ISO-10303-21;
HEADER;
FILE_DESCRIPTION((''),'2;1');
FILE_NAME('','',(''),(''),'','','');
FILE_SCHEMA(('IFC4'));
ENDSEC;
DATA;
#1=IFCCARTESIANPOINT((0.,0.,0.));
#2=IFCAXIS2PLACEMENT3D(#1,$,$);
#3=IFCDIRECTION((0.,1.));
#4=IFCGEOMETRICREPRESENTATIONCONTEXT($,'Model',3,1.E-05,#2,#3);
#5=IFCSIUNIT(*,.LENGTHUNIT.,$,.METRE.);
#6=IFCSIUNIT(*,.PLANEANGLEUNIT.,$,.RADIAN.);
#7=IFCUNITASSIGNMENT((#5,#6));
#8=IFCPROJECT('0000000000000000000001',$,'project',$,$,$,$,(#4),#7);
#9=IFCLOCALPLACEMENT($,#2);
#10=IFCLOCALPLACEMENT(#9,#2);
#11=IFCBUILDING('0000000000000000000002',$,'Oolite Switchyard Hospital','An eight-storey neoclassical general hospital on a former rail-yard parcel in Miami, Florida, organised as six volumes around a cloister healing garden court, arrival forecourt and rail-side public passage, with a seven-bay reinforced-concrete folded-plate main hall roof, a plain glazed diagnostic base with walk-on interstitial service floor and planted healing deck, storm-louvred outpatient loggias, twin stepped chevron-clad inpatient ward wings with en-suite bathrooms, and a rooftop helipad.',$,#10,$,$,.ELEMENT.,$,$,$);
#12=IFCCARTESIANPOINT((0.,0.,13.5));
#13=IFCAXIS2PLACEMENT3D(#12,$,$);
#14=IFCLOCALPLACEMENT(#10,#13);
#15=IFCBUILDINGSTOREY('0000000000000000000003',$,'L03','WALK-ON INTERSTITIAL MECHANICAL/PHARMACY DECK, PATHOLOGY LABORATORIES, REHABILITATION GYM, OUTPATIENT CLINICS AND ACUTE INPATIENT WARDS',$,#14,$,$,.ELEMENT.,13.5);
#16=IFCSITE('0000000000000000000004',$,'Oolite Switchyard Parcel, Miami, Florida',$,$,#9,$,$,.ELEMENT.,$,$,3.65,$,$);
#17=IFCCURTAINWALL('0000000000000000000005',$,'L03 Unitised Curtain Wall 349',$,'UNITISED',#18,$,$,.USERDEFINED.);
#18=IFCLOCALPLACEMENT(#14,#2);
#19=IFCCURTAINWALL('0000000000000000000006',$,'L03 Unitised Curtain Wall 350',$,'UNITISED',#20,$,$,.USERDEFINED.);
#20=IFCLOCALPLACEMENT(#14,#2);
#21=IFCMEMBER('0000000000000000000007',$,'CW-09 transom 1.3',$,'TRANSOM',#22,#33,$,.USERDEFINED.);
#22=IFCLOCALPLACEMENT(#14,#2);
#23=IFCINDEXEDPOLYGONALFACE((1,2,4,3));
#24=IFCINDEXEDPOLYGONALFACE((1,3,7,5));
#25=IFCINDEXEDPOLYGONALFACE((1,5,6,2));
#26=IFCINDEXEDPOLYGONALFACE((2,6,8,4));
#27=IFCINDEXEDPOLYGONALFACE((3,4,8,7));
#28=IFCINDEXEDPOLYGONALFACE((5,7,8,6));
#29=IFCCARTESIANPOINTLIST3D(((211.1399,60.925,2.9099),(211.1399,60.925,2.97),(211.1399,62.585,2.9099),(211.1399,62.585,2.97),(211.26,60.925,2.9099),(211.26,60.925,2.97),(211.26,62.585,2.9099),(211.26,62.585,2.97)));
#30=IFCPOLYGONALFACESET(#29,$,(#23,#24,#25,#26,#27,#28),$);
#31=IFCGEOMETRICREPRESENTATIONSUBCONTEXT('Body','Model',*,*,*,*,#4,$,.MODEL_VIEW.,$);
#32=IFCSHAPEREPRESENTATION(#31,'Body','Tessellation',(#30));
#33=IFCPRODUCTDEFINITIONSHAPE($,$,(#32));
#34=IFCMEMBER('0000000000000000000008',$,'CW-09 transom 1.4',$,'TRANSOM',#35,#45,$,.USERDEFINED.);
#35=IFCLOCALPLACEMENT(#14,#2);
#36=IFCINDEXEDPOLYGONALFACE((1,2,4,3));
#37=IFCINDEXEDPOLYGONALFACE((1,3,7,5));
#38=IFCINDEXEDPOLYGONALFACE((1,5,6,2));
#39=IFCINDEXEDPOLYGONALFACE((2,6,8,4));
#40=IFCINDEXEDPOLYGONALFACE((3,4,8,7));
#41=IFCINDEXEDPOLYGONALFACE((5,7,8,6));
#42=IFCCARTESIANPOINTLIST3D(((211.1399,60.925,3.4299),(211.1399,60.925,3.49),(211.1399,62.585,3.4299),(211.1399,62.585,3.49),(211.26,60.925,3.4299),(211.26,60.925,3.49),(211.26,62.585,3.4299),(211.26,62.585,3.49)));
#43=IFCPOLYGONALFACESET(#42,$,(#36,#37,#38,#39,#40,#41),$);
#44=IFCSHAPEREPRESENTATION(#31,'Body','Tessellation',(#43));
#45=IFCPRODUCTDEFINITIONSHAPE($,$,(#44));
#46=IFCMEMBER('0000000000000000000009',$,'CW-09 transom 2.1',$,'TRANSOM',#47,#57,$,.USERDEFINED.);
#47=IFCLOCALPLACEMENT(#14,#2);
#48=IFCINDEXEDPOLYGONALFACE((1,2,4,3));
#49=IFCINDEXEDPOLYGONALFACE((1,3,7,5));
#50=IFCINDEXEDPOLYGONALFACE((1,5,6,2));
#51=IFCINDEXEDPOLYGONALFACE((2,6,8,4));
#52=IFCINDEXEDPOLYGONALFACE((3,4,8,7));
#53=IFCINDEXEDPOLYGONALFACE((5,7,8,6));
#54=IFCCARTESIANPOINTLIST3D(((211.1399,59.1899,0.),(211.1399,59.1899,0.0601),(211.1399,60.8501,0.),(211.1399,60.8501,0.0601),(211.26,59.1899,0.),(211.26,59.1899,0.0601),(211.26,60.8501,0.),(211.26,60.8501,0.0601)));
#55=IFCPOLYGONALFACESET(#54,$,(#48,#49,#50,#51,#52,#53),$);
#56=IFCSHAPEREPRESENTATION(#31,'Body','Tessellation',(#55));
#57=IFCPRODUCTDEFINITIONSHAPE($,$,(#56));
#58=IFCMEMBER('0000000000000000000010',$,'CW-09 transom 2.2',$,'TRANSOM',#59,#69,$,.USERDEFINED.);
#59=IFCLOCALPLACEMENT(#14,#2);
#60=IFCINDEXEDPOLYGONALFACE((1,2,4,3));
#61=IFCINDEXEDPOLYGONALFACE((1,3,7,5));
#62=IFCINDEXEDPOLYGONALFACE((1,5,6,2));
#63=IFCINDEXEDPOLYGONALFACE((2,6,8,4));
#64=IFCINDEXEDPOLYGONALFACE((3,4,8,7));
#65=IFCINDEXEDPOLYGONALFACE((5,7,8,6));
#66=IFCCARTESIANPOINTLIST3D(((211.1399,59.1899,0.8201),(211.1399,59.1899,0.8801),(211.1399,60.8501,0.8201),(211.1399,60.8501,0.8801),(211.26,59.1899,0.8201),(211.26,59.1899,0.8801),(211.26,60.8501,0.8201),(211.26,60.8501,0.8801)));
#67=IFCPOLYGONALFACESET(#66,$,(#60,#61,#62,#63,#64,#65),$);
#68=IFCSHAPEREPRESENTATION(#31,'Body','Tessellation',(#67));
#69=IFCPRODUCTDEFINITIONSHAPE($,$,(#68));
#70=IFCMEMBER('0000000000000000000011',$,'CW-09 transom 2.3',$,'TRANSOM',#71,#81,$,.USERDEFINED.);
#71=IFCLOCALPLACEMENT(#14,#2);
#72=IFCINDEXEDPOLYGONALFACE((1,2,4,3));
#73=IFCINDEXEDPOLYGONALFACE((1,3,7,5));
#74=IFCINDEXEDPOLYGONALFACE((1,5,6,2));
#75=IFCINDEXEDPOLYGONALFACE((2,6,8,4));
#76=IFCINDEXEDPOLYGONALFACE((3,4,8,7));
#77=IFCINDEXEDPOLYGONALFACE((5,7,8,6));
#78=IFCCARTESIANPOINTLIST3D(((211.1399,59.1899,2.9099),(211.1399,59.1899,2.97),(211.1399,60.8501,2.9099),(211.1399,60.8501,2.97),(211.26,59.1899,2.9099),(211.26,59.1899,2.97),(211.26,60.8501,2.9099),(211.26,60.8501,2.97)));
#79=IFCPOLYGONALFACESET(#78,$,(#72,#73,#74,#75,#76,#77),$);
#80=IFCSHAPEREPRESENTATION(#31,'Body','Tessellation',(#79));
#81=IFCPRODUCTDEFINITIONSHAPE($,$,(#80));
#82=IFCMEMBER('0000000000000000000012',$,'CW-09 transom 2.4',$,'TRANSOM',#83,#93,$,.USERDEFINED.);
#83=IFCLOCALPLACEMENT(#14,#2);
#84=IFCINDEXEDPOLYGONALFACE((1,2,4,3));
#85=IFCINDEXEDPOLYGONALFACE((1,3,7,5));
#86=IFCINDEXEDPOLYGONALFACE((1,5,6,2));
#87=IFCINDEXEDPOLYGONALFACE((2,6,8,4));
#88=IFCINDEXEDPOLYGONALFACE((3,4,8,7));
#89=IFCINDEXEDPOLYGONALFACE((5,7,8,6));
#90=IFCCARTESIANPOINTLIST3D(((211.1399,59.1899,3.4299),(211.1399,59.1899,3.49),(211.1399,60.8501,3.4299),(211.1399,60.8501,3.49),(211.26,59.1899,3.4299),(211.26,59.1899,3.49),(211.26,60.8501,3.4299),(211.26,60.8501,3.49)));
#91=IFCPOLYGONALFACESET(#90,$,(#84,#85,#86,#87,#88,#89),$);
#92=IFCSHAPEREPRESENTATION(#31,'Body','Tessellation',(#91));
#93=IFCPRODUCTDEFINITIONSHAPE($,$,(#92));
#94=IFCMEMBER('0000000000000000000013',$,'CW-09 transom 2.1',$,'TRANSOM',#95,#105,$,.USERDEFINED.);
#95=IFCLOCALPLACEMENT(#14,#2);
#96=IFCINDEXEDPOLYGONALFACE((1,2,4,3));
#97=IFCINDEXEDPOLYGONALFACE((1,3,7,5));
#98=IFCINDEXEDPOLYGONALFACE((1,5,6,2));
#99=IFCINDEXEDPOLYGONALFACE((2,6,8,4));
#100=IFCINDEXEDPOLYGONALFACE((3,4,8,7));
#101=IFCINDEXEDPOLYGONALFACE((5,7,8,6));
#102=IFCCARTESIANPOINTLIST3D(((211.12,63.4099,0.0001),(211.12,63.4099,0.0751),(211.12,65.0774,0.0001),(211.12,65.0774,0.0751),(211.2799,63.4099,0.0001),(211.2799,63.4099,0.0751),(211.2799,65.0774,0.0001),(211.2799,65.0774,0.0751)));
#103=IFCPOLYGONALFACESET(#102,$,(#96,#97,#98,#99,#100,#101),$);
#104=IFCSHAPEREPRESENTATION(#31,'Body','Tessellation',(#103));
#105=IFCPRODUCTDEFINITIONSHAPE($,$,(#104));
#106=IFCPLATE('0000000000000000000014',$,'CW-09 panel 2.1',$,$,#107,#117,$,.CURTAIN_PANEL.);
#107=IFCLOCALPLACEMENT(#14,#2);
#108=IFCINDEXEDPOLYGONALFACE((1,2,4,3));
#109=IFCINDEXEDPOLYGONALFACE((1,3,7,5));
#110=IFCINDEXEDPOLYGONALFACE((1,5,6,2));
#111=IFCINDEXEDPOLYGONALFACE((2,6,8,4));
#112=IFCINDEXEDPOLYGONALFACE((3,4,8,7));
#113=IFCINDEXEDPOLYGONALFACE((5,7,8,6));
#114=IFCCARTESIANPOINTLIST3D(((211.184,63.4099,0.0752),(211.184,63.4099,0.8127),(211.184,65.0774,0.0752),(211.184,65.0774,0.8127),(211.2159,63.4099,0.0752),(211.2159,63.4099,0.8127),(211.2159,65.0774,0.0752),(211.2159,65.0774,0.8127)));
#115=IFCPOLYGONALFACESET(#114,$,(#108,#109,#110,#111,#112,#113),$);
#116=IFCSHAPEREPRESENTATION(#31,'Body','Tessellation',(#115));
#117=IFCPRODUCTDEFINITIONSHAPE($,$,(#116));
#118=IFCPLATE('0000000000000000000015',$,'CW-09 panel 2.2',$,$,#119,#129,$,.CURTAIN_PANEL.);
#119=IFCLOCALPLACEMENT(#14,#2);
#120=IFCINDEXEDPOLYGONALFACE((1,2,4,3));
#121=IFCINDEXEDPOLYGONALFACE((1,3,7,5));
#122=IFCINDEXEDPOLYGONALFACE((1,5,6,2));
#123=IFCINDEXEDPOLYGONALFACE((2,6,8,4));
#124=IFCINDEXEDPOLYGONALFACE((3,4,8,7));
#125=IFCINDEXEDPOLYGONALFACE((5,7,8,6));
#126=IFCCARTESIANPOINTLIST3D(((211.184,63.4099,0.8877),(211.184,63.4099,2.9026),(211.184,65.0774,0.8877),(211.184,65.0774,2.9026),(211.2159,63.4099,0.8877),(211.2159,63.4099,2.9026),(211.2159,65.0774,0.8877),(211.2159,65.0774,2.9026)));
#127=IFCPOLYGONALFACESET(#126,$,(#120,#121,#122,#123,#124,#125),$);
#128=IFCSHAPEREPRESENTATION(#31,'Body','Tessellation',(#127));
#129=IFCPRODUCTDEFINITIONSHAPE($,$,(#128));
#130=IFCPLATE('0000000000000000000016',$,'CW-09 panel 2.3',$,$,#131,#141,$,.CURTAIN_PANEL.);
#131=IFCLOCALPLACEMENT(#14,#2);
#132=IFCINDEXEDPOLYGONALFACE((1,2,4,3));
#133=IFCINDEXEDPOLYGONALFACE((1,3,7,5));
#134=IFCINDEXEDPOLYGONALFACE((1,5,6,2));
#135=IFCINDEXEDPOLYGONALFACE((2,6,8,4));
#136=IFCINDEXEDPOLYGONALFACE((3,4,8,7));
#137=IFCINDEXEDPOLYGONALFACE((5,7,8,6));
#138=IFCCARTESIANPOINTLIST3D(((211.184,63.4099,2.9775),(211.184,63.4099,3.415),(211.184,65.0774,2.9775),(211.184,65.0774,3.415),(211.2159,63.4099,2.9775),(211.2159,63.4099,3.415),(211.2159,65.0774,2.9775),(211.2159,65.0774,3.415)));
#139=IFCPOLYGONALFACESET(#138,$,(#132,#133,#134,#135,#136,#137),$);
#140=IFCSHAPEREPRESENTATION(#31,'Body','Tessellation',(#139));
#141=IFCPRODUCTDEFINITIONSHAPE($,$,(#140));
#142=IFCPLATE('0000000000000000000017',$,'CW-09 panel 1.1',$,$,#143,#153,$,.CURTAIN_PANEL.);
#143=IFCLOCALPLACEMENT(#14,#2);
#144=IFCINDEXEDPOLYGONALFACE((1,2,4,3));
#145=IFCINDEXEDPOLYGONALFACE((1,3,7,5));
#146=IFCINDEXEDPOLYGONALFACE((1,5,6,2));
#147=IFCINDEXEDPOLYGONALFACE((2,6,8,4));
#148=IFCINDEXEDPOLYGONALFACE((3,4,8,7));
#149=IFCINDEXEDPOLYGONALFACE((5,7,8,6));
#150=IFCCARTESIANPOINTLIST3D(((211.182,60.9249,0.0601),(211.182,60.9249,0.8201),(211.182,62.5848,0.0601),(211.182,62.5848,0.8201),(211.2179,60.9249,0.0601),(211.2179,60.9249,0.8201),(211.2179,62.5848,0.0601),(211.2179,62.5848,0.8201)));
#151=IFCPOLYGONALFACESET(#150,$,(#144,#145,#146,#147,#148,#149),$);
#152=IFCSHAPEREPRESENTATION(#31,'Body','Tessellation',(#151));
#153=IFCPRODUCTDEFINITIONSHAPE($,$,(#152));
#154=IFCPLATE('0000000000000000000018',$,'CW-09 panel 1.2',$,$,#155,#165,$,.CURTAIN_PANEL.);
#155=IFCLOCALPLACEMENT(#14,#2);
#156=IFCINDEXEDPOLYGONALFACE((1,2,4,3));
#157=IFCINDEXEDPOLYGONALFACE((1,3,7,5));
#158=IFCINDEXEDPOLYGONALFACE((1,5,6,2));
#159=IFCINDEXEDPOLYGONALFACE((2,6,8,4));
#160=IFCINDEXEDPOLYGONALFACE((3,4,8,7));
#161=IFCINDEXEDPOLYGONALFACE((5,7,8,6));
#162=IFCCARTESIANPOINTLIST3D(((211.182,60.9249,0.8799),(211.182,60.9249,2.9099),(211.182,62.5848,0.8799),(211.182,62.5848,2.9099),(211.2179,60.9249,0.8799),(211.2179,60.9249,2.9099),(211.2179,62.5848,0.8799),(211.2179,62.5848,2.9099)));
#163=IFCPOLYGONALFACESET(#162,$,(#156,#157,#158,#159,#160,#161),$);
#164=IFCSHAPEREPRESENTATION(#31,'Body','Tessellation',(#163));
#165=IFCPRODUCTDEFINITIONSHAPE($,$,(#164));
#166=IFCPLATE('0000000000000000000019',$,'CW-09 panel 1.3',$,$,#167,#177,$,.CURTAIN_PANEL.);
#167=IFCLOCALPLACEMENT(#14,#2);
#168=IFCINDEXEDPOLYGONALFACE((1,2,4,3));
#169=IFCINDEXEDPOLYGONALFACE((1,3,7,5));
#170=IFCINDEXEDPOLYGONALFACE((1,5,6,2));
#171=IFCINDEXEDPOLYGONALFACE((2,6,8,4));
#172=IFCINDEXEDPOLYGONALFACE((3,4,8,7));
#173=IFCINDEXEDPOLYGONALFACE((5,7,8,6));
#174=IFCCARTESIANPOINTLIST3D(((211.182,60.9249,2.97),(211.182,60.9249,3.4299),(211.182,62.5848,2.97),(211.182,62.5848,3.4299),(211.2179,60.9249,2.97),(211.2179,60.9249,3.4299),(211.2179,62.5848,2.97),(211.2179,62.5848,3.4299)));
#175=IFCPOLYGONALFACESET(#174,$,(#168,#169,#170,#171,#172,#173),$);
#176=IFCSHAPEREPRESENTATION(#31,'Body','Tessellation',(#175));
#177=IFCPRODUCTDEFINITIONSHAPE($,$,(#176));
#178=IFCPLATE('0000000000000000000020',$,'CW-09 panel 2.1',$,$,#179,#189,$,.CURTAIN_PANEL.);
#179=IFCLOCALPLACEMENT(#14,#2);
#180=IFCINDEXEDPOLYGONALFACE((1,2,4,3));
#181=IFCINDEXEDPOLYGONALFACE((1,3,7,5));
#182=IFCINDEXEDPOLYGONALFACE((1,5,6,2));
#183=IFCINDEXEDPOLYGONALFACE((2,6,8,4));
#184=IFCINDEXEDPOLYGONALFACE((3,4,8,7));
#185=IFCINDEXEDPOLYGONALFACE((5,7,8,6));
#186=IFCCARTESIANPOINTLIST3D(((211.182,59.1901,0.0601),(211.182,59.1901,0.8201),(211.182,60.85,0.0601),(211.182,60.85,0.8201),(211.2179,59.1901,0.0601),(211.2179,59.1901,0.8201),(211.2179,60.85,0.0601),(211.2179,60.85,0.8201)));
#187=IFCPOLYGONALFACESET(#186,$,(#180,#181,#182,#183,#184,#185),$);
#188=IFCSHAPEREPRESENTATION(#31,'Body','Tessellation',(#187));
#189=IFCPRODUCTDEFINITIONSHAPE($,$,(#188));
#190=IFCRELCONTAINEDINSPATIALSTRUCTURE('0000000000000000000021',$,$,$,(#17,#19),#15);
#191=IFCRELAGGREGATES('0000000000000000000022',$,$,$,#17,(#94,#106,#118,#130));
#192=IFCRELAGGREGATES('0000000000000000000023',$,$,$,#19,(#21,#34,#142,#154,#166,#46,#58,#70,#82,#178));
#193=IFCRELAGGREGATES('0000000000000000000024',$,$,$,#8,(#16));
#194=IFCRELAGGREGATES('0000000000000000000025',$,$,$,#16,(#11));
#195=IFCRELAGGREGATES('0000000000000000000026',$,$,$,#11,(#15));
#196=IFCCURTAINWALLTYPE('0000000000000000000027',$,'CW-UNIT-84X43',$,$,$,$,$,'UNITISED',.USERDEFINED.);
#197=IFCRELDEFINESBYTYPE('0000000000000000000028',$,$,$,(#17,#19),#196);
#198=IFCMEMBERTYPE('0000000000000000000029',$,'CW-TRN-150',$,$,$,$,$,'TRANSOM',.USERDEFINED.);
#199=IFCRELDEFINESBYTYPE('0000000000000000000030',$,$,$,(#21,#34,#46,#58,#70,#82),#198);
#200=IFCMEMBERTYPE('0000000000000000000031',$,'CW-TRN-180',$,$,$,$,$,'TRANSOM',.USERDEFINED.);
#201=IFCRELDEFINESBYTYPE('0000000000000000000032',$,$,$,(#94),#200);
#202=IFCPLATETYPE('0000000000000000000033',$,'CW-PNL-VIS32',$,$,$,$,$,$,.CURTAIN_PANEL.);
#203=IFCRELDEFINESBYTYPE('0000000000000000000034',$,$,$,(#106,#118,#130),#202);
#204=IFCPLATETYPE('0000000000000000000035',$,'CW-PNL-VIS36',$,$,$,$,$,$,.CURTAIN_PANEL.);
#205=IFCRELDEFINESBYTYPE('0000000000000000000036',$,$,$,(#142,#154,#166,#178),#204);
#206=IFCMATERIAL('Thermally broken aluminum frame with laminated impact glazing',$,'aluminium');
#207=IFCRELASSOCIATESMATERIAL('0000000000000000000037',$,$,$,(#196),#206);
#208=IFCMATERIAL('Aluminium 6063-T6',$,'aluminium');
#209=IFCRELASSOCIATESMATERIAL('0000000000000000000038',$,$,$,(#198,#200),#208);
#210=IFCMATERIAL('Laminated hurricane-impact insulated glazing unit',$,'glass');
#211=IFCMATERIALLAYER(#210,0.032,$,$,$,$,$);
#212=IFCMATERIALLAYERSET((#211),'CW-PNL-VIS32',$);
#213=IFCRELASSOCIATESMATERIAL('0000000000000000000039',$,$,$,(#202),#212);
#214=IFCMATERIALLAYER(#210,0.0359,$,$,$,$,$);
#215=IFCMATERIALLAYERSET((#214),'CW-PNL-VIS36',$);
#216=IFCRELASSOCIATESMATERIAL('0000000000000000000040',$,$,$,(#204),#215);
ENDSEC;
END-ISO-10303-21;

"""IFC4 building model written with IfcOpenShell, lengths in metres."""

from ifc_helpers import new_model, si_unit, direction, frame, origin, origin_2d, place, context, subcontext, project, spatial, rectangle, extrude, material, layer, layer_set, material_profile, profile_set, type_object, element, aggregate, save


model = new_model("IFC4")

# Units and contexts
model_context = context("Model", 3, precision=1e-05, world=origin(), true_north=direction((0.0, 1.0)))
body_context = subcontext(model_context, "Body", "Model", "MODEL_VIEW")
ifc_project = project(units=[si_unit("LENGTHUNIT", "METRE"), si_unit("PLANEANGLEUNIT", "RADIAN")], contexts=[model_context])

# Site, building, storey
site_placement = place(None, origin())
site = spatial("IfcSite", under=ifc_project, at=site_placement, Name="Oolite Switchyard Parcel, Miami, Florida", CompositionType="ELEMENT", RefElevation=3.65)
building_placement = place(site_placement, origin())
building = spatial("IfcBuilding", under=site, at=building_placement, Name="Oolite Switchyard Hospital", Description="An eight-storey neoclassical general hospital on a former rail-yard parcel in Miami, Florida, organised as six volumes around a cloister healing garden court, arrival forecourt and rail-side public passage, with a seven-bay reinforced-concrete folded-plate main hall roof, a plain glazed diagnostic base with walk-on interstitial service floor and planted healing deck, storm-louvred outpatient loggias, twin stepped chevron-clad inpatient ward wings with en-suite bathrooms, and a rooftop helipad.", CompositionType="ELEMENT")
storey_placement = place(building_placement, frame((0.0, 0.0, 13.5)))
storey = spatial("IfcBuildingStorey", under=building, at=storey_placement, Name="L03", Description="WALK-ON INTERSTITIAL MECHANICAL/PHARMACY DECK, PATHOLOGY LABORATORIES, REHABILITATION GYM, OUTPATIENT CLINICS AND ACUTE INPATIENT WARDS", CompositionType="ELEMENT", Elevation=13.5)

# Curtain wall
ifc_material_1 = material(Name="Thermally broken aluminum frame with laminated impact glazing", Category="aluminium")
curtain_wall_type = type_object("IfcCurtainWallType", Name="CW-UNIT-84X43", ElementType="UNITISED", PredefinedType="USERDEFINED", material=ifc_material_1)
curtain_wall_1_placement = place(storey_placement, origin())
curtain_wall_1 = element("IfcCurtainWall", 1, at=curtain_wall_1_placement, inside=storey, type_object=curtain_wall_type, Name="L03 Unitised Curtain Wall 349", ObjectType="UNITISED", PredefinedType="USERDEFINED")
ifc_material_2 = material(Name="Aluminium 6063-T6", Category="aluminium")

# Curtain wall, members
curtain_wall_2_placement = place(storey_placement, origin())
curtain_wall_2 = element("IfcCurtainWall", 2, at=curtain_wall_2_placement, inside=storey, type_object=curtain_wall_type, Name="L03 Unitised Curtain Wall 350", ObjectType="UNITISED", PredefinedType="USERDEFINED")
ifc_material_profile_1 = material_profile(ifc_material_2, rectangle(XDim=0.1201, YDim=0.0601, at=origin_2d()), Name="CWT60X120")
ifc_profile_set_1 = profile_set([ifc_material_profile_1], Name="Aluminium 6063-T6")
member_type_1 = type_object("IfcMemberType", Name="CW-TRN-150", ElementType="TRANSOM", PredefinedType="USERDEFINED", material=ifc_profile_set_1)
member_1_placement = place(storey_placement, frame((211.2, 62.585, 2.9399), z_axis=(0.0, -1.0, 0.0), x_axis=(1.0, 0.0, 0.0)))
member_1 = element("IfcMember", 3, at=member_1_placement, type_object=member_type_1, Name="CW-09 transom 1.3", ObjectType="TRANSOM", PredefinedType="USERDEFINED", context=body_context, shape_type="SweptSolid", body=[
    extrude(rectangle(XDim=0.1201, YDim=0.0601, at=origin_2d()), origin(), (0.0, 0.0, 1.0), 1.6599),
])
member_2_placement = place(storey_placement, frame((211.2, 62.585, 3.46), z_axis=(0.0, -1.0, 0.0), x_axis=(1.0, 0.0, 0.0)))
member_2 = element("IfcMember", 4, at=member_2_placement, type_object=member_type_1, Name="CW-09 transom 1.4", ObjectType="TRANSOM", PredefinedType="USERDEFINED", context=body_context, shape_type="SweptSolid", body=[
    extrude(rectangle(XDim=0.1201, YDim=0.0601, at=origin_2d()), origin(), (0.0, 0.0, 1.0), 1.6599),
])
member_3_placement = place(storey_placement, frame((211.2, 60.8501, 0.03), z_axis=(0.0, -1.0, 0.0), x_axis=(1.0, 0.0, 0.0)))
member_3 = element("IfcMember", 5, at=member_3_placement, type_object=member_type_1, Name="CW-09 transom 2.1", ObjectType="TRANSOM", PredefinedType="USERDEFINED", context=body_context, shape_type="SweptSolid", body=[
    extrude(rectangle(XDim=0.1201, YDim=0.0601, at=origin_2d()), origin(), (0.0, 0.0, 1.0), 1.6602),
])
member_4_placement = place(storey_placement, frame((211.2, 60.8501, 0.8501), z_axis=(0.0, -1.0, 0.0), x_axis=(1.0, 0.0, 0.0)))
member_4 = element("IfcMember", 6, at=member_4_placement, type_object=member_type_1, Name="CW-09 transom 2.2", ObjectType="TRANSOM", PredefinedType="USERDEFINED", context=body_context, shape_type="SweptSolid", body=[
    extrude(rectangle(XDim=0.1201, YDim=0.0601, at=origin_2d()), origin(), (0.0, 0.0, 1.0), 1.6602),
])
member_5_placement = place(storey_placement, frame((211.2, 60.8501, 2.9399), z_axis=(0.0, -1.0, 0.0), x_axis=(1.0, 0.0, 0.0)))
member_5 = element("IfcMember", 7, at=member_5_placement, type_object=member_type_1, Name="CW-09 transom 2.3", ObjectType="TRANSOM", PredefinedType="USERDEFINED", context=body_context, shape_type="SweptSolid", body=[
    extrude(rectangle(XDim=0.1201, YDim=0.0601, at=origin_2d()), origin(), (0.0, 0.0, 1.0), 1.6602),
])
member_6_placement = place(storey_placement, frame((211.2, 60.8501, 3.46), z_axis=(0.0, -1.0, 0.0), x_axis=(1.0, 0.0, 0.0)))
member_6 = element("IfcMember", 8, at=member_6_placement, type_object=member_type_1, Name="CW-09 transom 2.4", ObjectType="TRANSOM", PredefinedType="USERDEFINED", context=body_context, shape_type="SweptSolid", body=[
    extrude(rectangle(XDim=0.1201, YDim=0.0601, at=origin_2d()), origin(), (0.0, 0.0, 1.0), 1.6602),
])

# Member
ifc_material_profile_2 = material_profile(ifc_material_2, rectangle(XDim=0.1599, YDim=0.075, at=origin_2d()), Name="CWT75X160")
ifc_profile_set_2 = profile_set([ifc_material_profile_2], Name="Aluminium 6063-T6")
member_type_2 = type_object("IfcMemberType", Name="CW-TRN-180", ElementType="TRANSOM", PredefinedType="USERDEFINED", material=ifc_profile_set_2)
member_7_placement = place(storey_placement, frame((211.2, 65.0774, 0.0376), z_axis=(0.0, -1.0, 0.0), x_axis=(1.0, 0.0, 0.0)))
member_7 = element("IfcMember", 9, at=member_7_placement, type_object=member_type_2, Name="CW-09 transom 2.1", ObjectType="TRANSOM", PredefinedType="USERDEFINED", context=body_context, shape_type="SweptSolid", body=[
    extrude(rectangle(XDim=0.1599, YDim=0.075, at=origin_2d()), origin(), (0.0, 0.0, 1.0), 1.6675),
])

# Plates
ifc_material_3 = material(Name="Laminated hurricane-impact insulated glazing unit", Category="glass")
ifc_layer_1 = layer(ifc_material_3, 0.032)
ifc_layer_set_1 = layer_set([ifc_layer_1], Name="CW-PNL-VIS32")
plate_type_1 = type_object("IfcPlateType", Name="CW-PNL-VIS32", PredefinedType="CURTAIN_PANEL", material=ifc_layer_set_1)
plate_1_placement = place(storey_placement, frame((211.2, 64.2437, 0.0752), z_axis=(0.0, 0.0, 1.0), x_axis=(0.0, -1.0, 0.0)))
plate_1 = element("IfcPlate", 10, at=plate_1_placement, type_object=plate_type_1, Name="CW-09 panel 2.1", PredefinedType="CURTAIN_PANEL", context=body_context, shape_type="SweptSolid", body=[
    extrude(rectangle(XDim=1.6675, YDim=0.032, at=origin_2d()), origin(), (0.0, 0.0, 1.0), 0.7375),
])
plate_2_placement = place(storey_placement, frame((211.2, 64.2437, 0.8877), z_axis=(0.0, 0.0, 1.0), x_axis=(0.0, -1.0, 0.0)))
plate_2 = element("IfcPlate", 11, at=plate_2_placement, type_object=plate_type_1, Name="CW-09 panel 2.2", PredefinedType="CURTAIN_PANEL", context=body_context, shape_type="SweptSolid", body=[
    extrude(rectangle(XDim=1.6675, YDim=0.032, at=origin_2d()), origin(), (0.0, 0.0, 1.0), 2.0149),
])
plate_3_placement = place(storey_placement, frame((211.2, 64.2437, 2.9775), z_axis=(0.0, 0.0, 1.0), x_axis=(0.0, -1.0, 0.0)))
plate_3 = element("IfcPlate", 12, at=plate_3_placement, type_object=plate_type_1, Name="CW-09 panel 2.3", PredefinedType="CURTAIN_PANEL", context=body_context, shape_type="SweptSolid", body=[
    extrude(rectangle(XDim=1.6675, YDim=0.032, at=origin_2d()), origin(), (0.0, 0.0, 1.0), 0.4375),
])
aggregate(curtain_wall_1, [member_7, plate_1, plate_2, plate_3])
ifc_layer_2 = layer(ifc_material_3, 0.0359)
ifc_layer_set_2 = layer_set([ifc_layer_2], Name="CW-PNL-VIS36")
plate_type_2 = type_object("IfcPlateType", Name="CW-PNL-VIS36", PredefinedType="CURTAIN_PANEL", material=ifc_layer_set_2)
plate_4_placement = place(storey_placement, frame((211.2, 61.7549, 0.0601), z_axis=(0.0, 0.0, 1.0), x_axis=(0.0, -1.0, 0.0)))
plate_4 = element("IfcPlate", 13, at=plate_4_placement, type_object=plate_type_2, Name="CW-09 panel 1.1", PredefinedType="CURTAIN_PANEL", context=body_context, shape_type="SweptSolid", body=[
    extrude(rectangle(XDim=1.6599, YDim=0.0359, at=origin_2d()), origin(), (0.0, 0.0, 1.0), 0.76),
])
plate_5_placement = place(storey_placement, frame((211.2, 61.7549, 0.8799), z_axis=(0.0, 0.0, 1.0), x_axis=(0.0, -1.0, 0.0)))
plate_5 = element("IfcPlate", 14, at=plate_5_placement, type_object=plate_type_2, Name="CW-09 panel 1.2", PredefinedType="CURTAIN_PANEL", context=body_context, shape_type="SweptSolid", body=[
    extrude(rectangle(XDim=1.6599, YDim=0.0359, at=origin_2d()), origin(), (0.0, 0.0, 1.0), 2.03),
])
plate_6_placement = place(storey_placement, frame((211.2, 61.7549, 2.97), z_axis=(0.0, 0.0, 1.0), x_axis=(0.0, -1.0, 0.0)))
plate_6 = element("IfcPlate", 15, at=plate_6_placement, type_object=plate_type_2, Name="CW-09 panel 1.3", PredefinedType="CURTAIN_PANEL", context=body_context, shape_type="SweptSolid", body=[
    extrude(rectangle(XDim=1.6599, YDim=0.0359, at=origin_2d()), origin(), (0.0, 0.0, 1.0), 0.46),
])
plate_7_placement = place(storey_placement, frame((211.2, 60.02, 0.0601), z_axis=(0.0, 0.0, 1.0), x_axis=(0.0, -1.0, 0.0)))
plate_7 = element("IfcPlate", 16, at=plate_7_placement, type_object=plate_type_2, Name="CW-09 panel 2.1", PredefinedType="CURTAIN_PANEL", context=body_context, shape_type="SweptSolid", body=[
    extrude(rectangle(XDim=1.6599, YDim=0.0359, at=origin_2d()), origin(), (0.0, 0.0, 1.0), 0.76),
])
aggregate(curtain_wall_2, [member_1, member_2, plate_4, plate_5, plate_6, member_3, member_4, member_5, member_6, plate_7])

save(model, "model.ifc")
